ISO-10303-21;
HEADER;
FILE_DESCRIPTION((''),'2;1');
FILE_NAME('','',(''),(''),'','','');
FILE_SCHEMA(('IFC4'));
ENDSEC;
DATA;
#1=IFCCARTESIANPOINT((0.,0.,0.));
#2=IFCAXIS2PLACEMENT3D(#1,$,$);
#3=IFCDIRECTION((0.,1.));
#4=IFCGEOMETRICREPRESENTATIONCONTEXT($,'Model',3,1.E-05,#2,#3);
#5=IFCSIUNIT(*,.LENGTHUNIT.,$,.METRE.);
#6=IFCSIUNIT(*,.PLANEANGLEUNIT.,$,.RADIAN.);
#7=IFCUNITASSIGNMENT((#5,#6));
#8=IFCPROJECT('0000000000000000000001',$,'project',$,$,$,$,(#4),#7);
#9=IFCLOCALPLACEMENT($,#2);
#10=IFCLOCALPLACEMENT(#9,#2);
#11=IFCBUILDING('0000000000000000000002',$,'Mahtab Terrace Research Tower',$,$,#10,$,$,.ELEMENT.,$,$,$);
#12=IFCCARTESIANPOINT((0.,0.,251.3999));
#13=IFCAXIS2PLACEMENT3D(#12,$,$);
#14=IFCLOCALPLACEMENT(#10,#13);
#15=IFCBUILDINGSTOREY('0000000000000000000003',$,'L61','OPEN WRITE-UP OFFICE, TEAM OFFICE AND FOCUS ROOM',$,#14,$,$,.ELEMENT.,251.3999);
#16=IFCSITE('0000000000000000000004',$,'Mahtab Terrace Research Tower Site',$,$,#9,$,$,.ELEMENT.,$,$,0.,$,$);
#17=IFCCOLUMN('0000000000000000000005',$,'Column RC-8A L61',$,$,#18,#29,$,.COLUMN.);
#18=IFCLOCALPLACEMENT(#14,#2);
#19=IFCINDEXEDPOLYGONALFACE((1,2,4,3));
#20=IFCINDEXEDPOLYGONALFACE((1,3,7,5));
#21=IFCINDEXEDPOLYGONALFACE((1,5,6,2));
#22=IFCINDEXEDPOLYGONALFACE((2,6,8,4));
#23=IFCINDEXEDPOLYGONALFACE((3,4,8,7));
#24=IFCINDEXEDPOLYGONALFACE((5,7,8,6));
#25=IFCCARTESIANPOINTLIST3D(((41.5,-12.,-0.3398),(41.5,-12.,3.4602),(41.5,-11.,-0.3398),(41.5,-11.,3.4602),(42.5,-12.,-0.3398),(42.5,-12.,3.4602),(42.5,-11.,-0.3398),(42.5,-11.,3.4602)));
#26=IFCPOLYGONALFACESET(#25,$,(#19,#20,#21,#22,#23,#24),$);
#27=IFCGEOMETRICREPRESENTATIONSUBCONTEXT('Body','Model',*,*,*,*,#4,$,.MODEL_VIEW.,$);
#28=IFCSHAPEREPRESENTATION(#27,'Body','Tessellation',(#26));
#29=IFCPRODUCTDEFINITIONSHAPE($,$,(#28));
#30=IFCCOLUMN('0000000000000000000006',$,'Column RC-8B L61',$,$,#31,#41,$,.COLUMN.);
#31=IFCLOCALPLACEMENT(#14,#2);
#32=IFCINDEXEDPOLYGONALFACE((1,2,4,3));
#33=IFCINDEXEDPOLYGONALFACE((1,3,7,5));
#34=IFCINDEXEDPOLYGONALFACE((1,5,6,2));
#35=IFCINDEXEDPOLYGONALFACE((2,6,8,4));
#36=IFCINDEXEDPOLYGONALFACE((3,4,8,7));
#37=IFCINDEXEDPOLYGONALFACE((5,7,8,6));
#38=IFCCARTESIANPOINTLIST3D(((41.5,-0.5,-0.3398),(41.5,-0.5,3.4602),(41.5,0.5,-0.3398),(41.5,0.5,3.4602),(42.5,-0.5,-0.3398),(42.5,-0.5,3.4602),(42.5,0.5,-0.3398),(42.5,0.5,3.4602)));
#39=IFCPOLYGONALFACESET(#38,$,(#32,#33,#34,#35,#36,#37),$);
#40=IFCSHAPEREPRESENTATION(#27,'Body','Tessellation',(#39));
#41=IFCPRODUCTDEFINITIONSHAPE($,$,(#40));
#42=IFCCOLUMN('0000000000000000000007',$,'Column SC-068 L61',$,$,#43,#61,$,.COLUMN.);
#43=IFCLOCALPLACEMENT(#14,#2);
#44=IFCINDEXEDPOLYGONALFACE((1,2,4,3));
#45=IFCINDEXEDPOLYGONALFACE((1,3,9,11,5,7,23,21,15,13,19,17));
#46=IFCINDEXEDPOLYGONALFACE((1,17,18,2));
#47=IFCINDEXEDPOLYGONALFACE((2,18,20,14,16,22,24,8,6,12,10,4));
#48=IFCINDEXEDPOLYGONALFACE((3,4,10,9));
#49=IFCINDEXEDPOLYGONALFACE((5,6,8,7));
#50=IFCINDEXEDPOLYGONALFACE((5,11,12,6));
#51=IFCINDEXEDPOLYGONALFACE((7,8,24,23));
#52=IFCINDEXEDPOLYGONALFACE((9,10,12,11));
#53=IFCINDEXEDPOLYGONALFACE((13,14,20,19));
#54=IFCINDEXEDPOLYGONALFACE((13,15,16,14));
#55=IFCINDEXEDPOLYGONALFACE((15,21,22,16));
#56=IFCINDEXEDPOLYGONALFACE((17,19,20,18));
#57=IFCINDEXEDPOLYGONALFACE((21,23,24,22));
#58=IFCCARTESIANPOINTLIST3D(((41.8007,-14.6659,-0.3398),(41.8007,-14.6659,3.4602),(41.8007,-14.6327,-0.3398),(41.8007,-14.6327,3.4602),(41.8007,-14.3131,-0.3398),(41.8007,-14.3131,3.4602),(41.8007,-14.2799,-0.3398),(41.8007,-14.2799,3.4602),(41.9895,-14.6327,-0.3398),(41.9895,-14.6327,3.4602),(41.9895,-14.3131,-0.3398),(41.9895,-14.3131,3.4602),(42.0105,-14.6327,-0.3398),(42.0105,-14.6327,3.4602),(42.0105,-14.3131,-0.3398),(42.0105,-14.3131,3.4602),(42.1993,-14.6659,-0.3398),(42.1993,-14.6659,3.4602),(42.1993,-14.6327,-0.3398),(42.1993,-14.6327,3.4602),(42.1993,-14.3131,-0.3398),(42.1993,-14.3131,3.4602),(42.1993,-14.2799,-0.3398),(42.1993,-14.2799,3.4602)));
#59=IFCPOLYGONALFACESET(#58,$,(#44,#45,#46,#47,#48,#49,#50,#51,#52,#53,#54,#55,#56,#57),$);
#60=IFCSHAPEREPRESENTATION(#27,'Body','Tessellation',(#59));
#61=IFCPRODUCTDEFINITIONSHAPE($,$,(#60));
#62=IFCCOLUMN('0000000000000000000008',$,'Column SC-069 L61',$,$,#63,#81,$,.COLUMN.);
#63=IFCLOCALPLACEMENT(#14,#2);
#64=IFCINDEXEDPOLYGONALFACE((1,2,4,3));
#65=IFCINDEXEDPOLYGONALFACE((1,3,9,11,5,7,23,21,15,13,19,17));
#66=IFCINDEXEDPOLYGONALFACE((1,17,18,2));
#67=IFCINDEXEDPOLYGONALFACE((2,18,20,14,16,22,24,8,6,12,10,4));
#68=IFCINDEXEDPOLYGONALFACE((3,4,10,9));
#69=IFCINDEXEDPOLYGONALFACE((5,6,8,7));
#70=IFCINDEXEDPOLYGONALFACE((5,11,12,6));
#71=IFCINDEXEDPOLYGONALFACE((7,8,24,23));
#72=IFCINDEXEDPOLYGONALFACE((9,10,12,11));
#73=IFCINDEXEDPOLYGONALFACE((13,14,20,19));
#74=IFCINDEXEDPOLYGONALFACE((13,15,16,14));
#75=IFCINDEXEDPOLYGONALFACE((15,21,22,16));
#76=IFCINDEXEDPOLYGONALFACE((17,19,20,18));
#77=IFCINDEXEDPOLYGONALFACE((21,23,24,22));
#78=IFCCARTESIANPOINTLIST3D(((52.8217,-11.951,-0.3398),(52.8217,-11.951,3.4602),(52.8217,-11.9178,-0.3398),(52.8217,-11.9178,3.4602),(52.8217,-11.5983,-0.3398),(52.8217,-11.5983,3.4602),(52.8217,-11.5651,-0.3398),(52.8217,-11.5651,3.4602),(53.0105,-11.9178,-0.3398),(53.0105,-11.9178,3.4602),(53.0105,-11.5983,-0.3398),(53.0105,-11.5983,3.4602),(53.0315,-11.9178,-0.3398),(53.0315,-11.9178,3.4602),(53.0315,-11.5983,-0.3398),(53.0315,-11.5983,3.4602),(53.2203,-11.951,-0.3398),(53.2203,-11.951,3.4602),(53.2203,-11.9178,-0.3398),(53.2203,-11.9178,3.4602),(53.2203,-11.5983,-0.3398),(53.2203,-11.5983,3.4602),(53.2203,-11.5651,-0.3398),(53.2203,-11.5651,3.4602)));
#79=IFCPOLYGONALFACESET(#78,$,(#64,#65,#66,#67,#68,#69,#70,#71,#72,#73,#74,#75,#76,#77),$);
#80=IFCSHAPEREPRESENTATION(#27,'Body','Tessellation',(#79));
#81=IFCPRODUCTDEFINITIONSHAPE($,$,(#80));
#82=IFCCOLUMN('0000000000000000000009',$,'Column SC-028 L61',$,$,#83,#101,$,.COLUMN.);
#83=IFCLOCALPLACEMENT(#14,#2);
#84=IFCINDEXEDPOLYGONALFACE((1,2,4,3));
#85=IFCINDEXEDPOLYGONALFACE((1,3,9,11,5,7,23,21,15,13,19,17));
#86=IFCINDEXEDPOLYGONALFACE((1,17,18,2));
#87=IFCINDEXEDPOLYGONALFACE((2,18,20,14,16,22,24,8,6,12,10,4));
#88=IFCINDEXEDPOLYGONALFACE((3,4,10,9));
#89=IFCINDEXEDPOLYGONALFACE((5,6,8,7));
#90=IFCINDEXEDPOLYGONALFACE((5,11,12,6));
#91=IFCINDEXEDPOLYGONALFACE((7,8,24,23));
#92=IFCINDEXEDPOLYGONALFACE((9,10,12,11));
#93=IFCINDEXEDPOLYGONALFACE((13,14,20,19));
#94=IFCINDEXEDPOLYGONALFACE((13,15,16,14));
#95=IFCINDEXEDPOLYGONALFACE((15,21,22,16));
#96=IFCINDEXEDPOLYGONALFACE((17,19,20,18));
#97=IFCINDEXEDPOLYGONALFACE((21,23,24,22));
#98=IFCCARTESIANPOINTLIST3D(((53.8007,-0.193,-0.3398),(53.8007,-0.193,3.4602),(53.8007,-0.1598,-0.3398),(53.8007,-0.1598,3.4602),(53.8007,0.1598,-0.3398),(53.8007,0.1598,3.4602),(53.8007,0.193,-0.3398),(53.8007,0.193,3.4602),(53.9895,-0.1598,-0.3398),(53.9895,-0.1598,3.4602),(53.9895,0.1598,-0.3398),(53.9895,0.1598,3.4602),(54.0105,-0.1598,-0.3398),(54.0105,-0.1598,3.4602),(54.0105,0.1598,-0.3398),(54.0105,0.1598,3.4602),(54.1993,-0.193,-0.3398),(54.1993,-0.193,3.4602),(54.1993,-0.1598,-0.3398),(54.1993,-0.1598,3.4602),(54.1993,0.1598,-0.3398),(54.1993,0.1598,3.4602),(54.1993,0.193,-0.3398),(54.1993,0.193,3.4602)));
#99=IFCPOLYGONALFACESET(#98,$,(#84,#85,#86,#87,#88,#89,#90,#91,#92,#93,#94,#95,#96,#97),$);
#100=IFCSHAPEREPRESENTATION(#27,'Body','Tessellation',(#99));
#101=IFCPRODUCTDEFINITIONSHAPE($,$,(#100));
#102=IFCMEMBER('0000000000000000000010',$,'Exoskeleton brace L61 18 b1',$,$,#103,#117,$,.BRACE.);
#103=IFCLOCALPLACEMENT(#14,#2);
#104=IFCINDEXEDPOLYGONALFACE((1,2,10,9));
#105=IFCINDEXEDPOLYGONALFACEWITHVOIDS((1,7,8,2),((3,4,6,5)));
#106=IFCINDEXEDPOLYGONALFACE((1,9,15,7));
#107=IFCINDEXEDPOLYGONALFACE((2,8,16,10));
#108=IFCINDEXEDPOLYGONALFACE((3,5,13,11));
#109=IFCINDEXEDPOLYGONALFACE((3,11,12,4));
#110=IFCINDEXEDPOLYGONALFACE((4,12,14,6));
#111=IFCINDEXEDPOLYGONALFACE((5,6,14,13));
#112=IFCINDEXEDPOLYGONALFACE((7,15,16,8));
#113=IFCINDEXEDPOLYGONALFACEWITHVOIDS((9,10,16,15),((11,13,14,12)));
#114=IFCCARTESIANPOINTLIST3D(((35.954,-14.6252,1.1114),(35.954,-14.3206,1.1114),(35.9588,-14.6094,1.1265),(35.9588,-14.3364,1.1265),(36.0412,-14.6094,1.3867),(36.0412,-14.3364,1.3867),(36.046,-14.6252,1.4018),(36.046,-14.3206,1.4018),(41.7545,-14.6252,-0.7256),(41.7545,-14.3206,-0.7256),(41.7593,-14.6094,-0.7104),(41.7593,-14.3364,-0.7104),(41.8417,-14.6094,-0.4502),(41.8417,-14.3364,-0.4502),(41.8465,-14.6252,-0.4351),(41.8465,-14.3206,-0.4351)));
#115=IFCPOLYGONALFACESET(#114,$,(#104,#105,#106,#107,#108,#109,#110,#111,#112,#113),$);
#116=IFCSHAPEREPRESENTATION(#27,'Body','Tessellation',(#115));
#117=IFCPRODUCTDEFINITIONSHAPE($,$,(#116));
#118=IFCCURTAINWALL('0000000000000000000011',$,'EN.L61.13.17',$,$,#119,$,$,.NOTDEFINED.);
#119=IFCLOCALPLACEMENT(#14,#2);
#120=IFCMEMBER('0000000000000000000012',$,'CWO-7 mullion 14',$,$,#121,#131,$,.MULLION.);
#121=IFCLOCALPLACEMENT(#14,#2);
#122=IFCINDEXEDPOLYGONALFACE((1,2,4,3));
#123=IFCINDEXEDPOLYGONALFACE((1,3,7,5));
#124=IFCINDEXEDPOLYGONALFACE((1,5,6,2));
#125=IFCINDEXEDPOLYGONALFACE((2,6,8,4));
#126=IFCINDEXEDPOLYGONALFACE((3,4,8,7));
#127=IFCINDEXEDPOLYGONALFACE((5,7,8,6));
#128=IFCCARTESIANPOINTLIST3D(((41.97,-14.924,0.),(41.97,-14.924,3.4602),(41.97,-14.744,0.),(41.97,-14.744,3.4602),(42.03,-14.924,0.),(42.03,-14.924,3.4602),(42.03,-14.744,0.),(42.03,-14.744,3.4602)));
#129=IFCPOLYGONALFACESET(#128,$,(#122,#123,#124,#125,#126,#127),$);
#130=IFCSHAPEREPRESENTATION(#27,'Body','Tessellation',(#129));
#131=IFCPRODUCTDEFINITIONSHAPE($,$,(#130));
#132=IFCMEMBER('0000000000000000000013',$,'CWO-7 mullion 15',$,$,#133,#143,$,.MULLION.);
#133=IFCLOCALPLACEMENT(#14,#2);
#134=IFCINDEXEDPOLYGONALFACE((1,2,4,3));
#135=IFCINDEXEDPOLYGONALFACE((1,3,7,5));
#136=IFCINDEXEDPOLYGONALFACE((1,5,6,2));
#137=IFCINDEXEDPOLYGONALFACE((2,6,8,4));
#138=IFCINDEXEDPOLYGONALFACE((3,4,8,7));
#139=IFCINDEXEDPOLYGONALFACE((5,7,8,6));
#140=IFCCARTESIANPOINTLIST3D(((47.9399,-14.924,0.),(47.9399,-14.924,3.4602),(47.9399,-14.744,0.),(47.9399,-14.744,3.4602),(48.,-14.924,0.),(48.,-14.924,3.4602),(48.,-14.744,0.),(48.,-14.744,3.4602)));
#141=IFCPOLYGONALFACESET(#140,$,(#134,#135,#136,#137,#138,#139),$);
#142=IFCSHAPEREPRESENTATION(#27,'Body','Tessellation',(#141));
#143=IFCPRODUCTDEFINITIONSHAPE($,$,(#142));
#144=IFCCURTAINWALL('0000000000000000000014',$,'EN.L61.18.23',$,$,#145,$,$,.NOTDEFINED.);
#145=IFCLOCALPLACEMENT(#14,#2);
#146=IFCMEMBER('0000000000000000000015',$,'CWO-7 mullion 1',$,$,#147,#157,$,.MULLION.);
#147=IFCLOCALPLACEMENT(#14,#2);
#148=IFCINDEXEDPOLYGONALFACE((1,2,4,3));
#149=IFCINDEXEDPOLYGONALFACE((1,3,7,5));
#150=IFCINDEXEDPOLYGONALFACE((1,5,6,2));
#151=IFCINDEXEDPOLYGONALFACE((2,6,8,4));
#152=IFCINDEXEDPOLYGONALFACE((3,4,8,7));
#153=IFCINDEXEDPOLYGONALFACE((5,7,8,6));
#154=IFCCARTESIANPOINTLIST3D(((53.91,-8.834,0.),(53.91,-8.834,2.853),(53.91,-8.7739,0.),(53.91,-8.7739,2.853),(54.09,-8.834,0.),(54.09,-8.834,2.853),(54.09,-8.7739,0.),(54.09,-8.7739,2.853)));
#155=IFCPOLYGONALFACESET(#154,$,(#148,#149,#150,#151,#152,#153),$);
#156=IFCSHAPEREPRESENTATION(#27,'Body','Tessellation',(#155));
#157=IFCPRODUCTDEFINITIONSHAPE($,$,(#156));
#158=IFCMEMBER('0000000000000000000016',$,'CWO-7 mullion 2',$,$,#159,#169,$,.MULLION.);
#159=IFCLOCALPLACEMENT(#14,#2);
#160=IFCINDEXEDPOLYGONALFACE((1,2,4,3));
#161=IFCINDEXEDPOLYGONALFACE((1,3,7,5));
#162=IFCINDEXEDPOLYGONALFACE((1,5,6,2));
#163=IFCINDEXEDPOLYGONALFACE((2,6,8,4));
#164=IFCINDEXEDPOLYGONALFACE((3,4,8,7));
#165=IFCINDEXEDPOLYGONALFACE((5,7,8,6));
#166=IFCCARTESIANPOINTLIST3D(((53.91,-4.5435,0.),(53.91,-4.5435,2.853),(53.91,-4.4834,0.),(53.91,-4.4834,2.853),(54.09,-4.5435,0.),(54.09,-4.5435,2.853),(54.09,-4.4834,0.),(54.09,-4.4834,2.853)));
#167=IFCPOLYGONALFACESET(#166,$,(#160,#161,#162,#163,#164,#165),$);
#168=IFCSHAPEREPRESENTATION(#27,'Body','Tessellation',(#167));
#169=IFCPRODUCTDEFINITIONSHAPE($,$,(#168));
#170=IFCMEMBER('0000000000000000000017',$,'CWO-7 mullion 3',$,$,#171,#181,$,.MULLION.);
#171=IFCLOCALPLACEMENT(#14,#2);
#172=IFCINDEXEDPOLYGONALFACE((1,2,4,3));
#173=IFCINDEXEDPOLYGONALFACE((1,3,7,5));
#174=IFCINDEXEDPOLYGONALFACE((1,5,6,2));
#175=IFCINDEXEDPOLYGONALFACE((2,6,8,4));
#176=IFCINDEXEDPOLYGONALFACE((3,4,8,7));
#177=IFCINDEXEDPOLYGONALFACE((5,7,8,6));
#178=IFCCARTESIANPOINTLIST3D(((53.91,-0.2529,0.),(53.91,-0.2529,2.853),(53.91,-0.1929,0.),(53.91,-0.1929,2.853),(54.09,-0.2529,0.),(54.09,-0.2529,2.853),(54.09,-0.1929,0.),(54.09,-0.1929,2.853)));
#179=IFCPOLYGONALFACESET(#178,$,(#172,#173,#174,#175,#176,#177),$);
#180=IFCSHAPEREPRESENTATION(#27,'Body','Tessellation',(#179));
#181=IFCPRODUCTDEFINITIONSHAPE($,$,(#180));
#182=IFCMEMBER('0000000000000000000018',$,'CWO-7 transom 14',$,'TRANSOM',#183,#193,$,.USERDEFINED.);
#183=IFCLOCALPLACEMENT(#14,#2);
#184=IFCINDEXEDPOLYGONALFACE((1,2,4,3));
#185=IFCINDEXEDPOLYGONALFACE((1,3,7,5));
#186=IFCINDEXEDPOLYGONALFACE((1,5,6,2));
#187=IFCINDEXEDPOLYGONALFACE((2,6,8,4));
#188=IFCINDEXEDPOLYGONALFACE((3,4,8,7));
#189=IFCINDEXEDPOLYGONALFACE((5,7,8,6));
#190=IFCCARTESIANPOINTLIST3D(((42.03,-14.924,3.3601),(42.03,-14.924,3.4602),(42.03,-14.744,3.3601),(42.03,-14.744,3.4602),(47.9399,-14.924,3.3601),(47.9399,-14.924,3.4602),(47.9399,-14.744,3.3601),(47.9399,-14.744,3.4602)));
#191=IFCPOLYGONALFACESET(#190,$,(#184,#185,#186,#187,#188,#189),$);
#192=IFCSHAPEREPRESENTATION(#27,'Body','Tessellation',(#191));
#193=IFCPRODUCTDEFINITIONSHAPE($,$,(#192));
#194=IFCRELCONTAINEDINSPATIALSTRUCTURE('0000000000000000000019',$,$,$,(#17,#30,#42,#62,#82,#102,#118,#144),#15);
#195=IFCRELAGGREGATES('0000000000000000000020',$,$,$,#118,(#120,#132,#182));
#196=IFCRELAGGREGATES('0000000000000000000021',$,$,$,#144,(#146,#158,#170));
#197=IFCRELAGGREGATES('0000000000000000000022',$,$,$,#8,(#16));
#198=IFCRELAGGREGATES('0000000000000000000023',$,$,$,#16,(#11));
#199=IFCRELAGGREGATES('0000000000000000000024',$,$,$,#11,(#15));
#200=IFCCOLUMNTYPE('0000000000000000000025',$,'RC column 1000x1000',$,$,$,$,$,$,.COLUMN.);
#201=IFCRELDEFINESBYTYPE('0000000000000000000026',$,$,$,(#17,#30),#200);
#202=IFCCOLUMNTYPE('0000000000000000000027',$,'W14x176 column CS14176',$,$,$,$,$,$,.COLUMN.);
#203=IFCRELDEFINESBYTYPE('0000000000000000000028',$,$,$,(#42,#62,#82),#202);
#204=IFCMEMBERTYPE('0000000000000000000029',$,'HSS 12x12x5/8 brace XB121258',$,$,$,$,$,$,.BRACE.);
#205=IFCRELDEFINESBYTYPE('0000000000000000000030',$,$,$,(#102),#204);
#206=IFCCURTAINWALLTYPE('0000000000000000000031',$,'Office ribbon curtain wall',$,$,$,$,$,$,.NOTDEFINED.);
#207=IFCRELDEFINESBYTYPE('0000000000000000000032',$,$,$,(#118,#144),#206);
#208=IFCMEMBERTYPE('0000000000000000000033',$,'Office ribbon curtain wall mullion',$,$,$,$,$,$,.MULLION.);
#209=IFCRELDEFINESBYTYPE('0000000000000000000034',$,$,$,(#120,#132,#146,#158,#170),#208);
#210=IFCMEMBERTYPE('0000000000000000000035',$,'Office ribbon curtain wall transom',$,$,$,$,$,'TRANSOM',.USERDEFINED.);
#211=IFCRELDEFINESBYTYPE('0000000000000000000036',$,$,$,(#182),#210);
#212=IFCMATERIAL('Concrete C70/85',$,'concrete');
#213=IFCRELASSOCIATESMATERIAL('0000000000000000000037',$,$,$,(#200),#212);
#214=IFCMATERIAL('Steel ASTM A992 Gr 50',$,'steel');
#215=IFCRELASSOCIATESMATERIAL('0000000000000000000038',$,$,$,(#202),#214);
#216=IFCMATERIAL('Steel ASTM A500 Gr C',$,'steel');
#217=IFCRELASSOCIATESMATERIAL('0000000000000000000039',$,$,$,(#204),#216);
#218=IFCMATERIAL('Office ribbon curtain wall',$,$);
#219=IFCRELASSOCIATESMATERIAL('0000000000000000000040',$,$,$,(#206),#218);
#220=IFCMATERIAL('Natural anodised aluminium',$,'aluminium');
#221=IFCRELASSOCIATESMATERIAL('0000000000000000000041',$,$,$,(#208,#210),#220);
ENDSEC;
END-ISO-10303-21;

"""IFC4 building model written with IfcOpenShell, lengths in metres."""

from ifc_helpers import new_model, si_unit, direction, frame, origin, origin_2d, place, context, subcontext, project, spatial, rectangle, hollow_rectangle, i_section, extrude, material, material_profile, profile_set, type_object, element, aggregate, save


model = new_model("IFC4")

# Units and contexts
model_context = context("Model", 3, precision=1e-05, world=origin(), true_north=direction((0.0, 1.0)))
body_context = subcontext(model_context, "Body", "Model", "MODEL_VIEW")
ifc_project = project(units=[si_unit("LENGTHUNIT", "METRE"), si_unit("PLANEANGLEUNIT", "RADIAN")], contexts=[model_context])

# Site, building, storey
site_placement = place(None, origin())
site = spatial("IfcSite", under=ifc_project, at=site_placement, Name="Mahtab Terrace Research Tower Site", CompositionType="ELEMENT", RefElevation=0.0)
building_placement = place(site_placement, origin())
building = spatial("IfcBuilding", under=site, at=building_placement, Name="Mahtab Terrace Research Tower", CompositionType="ELEMENT")
storey_placement = place(building_placement, frame((0.0, 0.0, 251.3999)))
storey = spatial("IfcBuildingStorey", under=building, at=storey_placement, Name="L61", Description="OPEN WRITE-UP OFFICE, TEAM OFFICE AND FOCUS ROOM", CompositionType="ELEMENT", Elevation=251.3999)

# Columns
ifc_material_1 = material(Name="Concrete C70/85", Category="concrete")
ifc_material_profile_1 = material_profile(ifc_material_1, rectangle(XDim=1.0, YDim=1.0, at=origin_2d()), Name="RC column 1000x1000")
ifc_profile_set_1 = profile_set([ifc_material_profile_1], Name="Concrete C70/85")
column_type_1 = type_object("IfcColumnType", Name="RC column 1000x1000", PredefinedType="COLUMN", material=ifc_profile_set_1)
for number, where, z_axis, x_axis, name in (
    (1, (42.0, -11.5, -0.3398), (0.0, 0.0, 1.0), (1.0, 0.0, 0.0), "Column RC-8A L61"),
    (2, (42.0, 0.0, -0.3398), (0.0, 0.0, 1.0), (1.0, 0.0, 0.0), "Column RC-8B L61"),
):
    element("IfcColumn", number, at=place(storey_placement, frame(where, z_axis=z_axis, x_axis=x_axis)), inside=storey, type_object=column_type_1, Name=name, PredefinedType="COLUMN", context=body_context, shape_type="SweptSolid", body=[
        extrude(rectangle(XDim=1.0, YDim=1.0, at=origin_2d()), origin(), (0.0, 0.0, 1.0), 3.8),
    ])
ifc_material_2 = material(Name="Steel ASTM A992 Gr 50", Category="steel")
ifc_material_profile_2 = material_profile(ifc_material_2, i_section(OverallWidth=0.3987, OverallDepth=0.386, WebThickness=0.021, FlangeThickness=0.0332, at=origin_2d()), Name="W14X176")
ifc_profile_set_2 = profile_set([ifc_material_profile_2], Name="Steel ASTM A992 Gr 50")
column_type_2 = type_object("IfcColumnType", Name="W14x176 column CS14176", PredefinedType="COLUMN", material=ifc_profile_set_2)
for number, where, z_axis, x_axis, name in (
    (3, (42.0, -14.4729, -0.3398), (0.0, 0.0, 1.0), (1.0, 0.0, 0.0), "Column SC-068 L61"),
    (4, (53.021, -11.7581, -0.3398), (0.0, 0.0, 1.0), (1.0, 0.0, 0.0), "Column SC-069 L61"),
    (5, (54.0, 0.0, -0.3398), (0.0, 0.0, 1.0), (1.0, 0.0, 0.0), "Column SC-028 L61"),
):
    element("IfcColumn", number, at=place(storey_placement, frame(where, z_axis=z_axis, x_axis=x_axis)), inside=storey, type_object=column_type_2, Name=name, PredefinedType="COLUMN", context=body_context, shape_type="SweptSolid", body=[
        extrude(i_section(OverallWidth=0.3987, OverallDepth=0.386, WebThickness=0.021, FlangeThickness=0.0332, at=origin_2d()), origin(), (0.0, 0.0, 1.0), 3.8),
    ])

# Member
ifc_material_3 = material(Name="Steel ASTM A500 Gr C", Category="steel")
ifc_material_profile_3 = material_profile(ifc_material_3, hollow_rectangle(XDim=0.3047, YDim=0.3047, WallThickness=0.0159, at=origin_2d()), Name="HSS12X12X5/8")
ifc_profile_set_3 = profile_set([ifc_material_profile_3], Name="Steel ASTM A500 Gr C")
member_type_1 = type_object("IfcMemberType", Name="HSS 12x12x5/8 brace XB121258", PredefinedType="BRACE", material=ifc_profile_set_3)
member_1_placement = place(storey_placement, frame((41.8005, -14.4729, -0.5803), z_axis=(-0.953339, 0.0, 0.301903), x_axis=(0.0, -1.0, 0.0)))
element("IfcMember", 6, at=member_1_placement, inside=storey, type_object=member_type_1, Name="Exoskeleton brace L61 18 b1", PredefinedType="BRACE", context=body_context, shape_type="SweptSolid", body=[
    extrude(hollow_rectangle(XDim=0.3047, YDim=0.3047, WallThickness=0.0159, at=origin_2d()), origin(), (0.0, 0.0, 1.0), 6.0845),
])

# Curtain walls, members
ifc_material_4 = material(Name="Office ribbon curtain wall")
curtain_wall_type = type_object("IfcCurtainWallType", Name="Office ribbon curtain wall", PredefinedType="NOTDEFINED", material=ifc_material_4)
curtain_wall_1_placement = place(storey_placement, origin())
curtain_wall_1 = element("IfcCurtainWall", 7, at=curtain_wall_1_placement, inside=storey, type_object=curtain_wall_type, Name="EN.L61.13.17", PredefinedType="NOTDEFINED")
ifc_material_5 = material(Name="Natural anodised aluminium", Category="aluminium")
ifc_material_profile_4 = material_profile(ifc_material_5, rectangle(XDim=0.1799, YDim=0.0601, at=origin_2d()), Name="MULLION 60x180")
ifc_profile_set_4 = profile_set([ifc_material_profile_4], Name="Natural anodised aluminium")
member_type_2 = type_object("IfcMemberType", Name="Office ribbon curtain wall mullion", PredefinedType="MULLION", material=ifc_profile_set_4)
member_2_placement = place(storey_placement, frame((42.0, -14.834, 0.0), z_axis=(0.0, 0.0, 1.0), x_axis=(0.0, 1.0, 0.0)))
member_2 = element("IfcMember", 8, at=member_2_placement, type_object=member_type_2, Name="CWO-7 mullion 14", PredefinedType="MULLION", context=body_context, shape_type="SweptSolid", body=[
    extrude(rectangle(XDim=0.1799, YDim=0.0601, at=origin_2d()), origin(), (0.0, 0.0, 1.0), 3.4602),
])
member_3_placement = place(storey_placement, frame((47.97, -14.834, 0.0), z_axis=(0.0, 0.0, 1.0), x_axis=(0.0, 1.0, 0.0)))
member_3 = element("IfcMember", 9, at=member_3_placement, type_object=member_type_2, Name="CWO-7 mullion 15", PredefinedType="MULLION", context=body_context, shape_type="SweptSolid", body=[
    extrude(rectangle(XDim=0.1799, YDim=0.0601, at=origin_2d()), origin(), (0.0, 0.0, 1.0), 3.4602),
])
curtain_wall_2_placement = place(storey_placement, origin())
curtain_wall_2 = element("IfcCurtainWall", 10, at=curtain_wall_2_placement, inside=storey, type_object=curtain_wall_type, Name="EN.L61.18.23", PredefinedType="NOTDEFINED")
member_4_placement = place(storey_placement, frame((54.0, -8.804, 0.0), z_axis=(0.0, 0.0, 1.0), x_axis=(-1.0, 0.0, 0.0)))
member_4 = element("IfcMember", 11, at=member_4_placement, type_object=member_type_2, Name="CWO-7 mullion 1", PredefinedType="MULLION", context=body_context, shape_type="SweptSolid", body=[
    extrude(rectangle(XDim=0.1799, YDim=0.0601, at=origin_2d()), origin(), (0.0, 0.0, 1.0), 2.853),
])
member_5_placement = place(storey_placement, frame((54.0, -4.5134, 0.0), z_axis=(0.0, 0.0, 1.0), x_axis=(-1.0, 0.0, 0.0)))
member_5 = element("IfcMember", 12, at=member_5_placement, type_object=member_type_2, Name="CWO-7 mullion 2", PredefinedType="MULLION", context=body_context, shape_type="SweptSolid", body=[
    extrude(rectangle(XDim=0.1799, YDim=0.0601, at=origin_2d()), origin(), (0.0, 0.0, 1.0), 2.853),
])
member_6_placement = place(storey_placement, frame((54.0, -0.2229, 0.0), z_axis=(0.0, 0.0, 1.0), x_axis=(-1.0, 0.0, 0.0)))
member_6 = element("IfcMember", 13, at=member_6_placement, type_object=member_type_2, Name="CWO-7 mullion 3", PredefinedType="MULLION", context=body_context, shape_type="SweptSolid", body=[
    extrude(rectangle(XDim=0.1799, YDim=0.0601, at=origin_2d()), origin(), (0.0, 0.0, 1.0), 2.853),
])

# Member
ifc_material_profile_5 = material_profile(ifc_material_5, rectangle(XDim=0.1799, YDim=0.1001, at=origin_2d()), Name="TRANSOM 100x180")
ifc_profile_set_5 = profile_set([ifc_material_profile_5], Name="Natural anodised aluminium")
member_type_3 = type_object("IfcMemberType", Name="Office ribbon curtain wall transom", ElementType="TRANSOM", PredefinedType="USERDEFINED", material=ifc_profile_set_5)
member_7_placement = place(storey_placement, frame((42.03, -14.834, 3.4102), z_axis=(1.0, 0.0, 0.0), x_axis=(0.0, 1.0, 0.0)))
member_7 = element("IfcMember", 14, at=member_7_placement, type_object=member_type_3, Name="CWO-7 transom 14", ObjectType="TRANSOM", PredefinedType="USERDEFINED", context=body_context, shape_type="SweptSolid", body=[
    extrude(rectangle(XDim=0.1799, YDim=0.1001, at=origin_2d()), origin(), (0.0, 0.0, 1.0), 5.9099),
])

aggregate(curtain_wall_1, [member_2, member_3, member_7])
aggregate(curtain_wall_2, [member_4, member_5, member_6])

save(model, "model.ifc")
